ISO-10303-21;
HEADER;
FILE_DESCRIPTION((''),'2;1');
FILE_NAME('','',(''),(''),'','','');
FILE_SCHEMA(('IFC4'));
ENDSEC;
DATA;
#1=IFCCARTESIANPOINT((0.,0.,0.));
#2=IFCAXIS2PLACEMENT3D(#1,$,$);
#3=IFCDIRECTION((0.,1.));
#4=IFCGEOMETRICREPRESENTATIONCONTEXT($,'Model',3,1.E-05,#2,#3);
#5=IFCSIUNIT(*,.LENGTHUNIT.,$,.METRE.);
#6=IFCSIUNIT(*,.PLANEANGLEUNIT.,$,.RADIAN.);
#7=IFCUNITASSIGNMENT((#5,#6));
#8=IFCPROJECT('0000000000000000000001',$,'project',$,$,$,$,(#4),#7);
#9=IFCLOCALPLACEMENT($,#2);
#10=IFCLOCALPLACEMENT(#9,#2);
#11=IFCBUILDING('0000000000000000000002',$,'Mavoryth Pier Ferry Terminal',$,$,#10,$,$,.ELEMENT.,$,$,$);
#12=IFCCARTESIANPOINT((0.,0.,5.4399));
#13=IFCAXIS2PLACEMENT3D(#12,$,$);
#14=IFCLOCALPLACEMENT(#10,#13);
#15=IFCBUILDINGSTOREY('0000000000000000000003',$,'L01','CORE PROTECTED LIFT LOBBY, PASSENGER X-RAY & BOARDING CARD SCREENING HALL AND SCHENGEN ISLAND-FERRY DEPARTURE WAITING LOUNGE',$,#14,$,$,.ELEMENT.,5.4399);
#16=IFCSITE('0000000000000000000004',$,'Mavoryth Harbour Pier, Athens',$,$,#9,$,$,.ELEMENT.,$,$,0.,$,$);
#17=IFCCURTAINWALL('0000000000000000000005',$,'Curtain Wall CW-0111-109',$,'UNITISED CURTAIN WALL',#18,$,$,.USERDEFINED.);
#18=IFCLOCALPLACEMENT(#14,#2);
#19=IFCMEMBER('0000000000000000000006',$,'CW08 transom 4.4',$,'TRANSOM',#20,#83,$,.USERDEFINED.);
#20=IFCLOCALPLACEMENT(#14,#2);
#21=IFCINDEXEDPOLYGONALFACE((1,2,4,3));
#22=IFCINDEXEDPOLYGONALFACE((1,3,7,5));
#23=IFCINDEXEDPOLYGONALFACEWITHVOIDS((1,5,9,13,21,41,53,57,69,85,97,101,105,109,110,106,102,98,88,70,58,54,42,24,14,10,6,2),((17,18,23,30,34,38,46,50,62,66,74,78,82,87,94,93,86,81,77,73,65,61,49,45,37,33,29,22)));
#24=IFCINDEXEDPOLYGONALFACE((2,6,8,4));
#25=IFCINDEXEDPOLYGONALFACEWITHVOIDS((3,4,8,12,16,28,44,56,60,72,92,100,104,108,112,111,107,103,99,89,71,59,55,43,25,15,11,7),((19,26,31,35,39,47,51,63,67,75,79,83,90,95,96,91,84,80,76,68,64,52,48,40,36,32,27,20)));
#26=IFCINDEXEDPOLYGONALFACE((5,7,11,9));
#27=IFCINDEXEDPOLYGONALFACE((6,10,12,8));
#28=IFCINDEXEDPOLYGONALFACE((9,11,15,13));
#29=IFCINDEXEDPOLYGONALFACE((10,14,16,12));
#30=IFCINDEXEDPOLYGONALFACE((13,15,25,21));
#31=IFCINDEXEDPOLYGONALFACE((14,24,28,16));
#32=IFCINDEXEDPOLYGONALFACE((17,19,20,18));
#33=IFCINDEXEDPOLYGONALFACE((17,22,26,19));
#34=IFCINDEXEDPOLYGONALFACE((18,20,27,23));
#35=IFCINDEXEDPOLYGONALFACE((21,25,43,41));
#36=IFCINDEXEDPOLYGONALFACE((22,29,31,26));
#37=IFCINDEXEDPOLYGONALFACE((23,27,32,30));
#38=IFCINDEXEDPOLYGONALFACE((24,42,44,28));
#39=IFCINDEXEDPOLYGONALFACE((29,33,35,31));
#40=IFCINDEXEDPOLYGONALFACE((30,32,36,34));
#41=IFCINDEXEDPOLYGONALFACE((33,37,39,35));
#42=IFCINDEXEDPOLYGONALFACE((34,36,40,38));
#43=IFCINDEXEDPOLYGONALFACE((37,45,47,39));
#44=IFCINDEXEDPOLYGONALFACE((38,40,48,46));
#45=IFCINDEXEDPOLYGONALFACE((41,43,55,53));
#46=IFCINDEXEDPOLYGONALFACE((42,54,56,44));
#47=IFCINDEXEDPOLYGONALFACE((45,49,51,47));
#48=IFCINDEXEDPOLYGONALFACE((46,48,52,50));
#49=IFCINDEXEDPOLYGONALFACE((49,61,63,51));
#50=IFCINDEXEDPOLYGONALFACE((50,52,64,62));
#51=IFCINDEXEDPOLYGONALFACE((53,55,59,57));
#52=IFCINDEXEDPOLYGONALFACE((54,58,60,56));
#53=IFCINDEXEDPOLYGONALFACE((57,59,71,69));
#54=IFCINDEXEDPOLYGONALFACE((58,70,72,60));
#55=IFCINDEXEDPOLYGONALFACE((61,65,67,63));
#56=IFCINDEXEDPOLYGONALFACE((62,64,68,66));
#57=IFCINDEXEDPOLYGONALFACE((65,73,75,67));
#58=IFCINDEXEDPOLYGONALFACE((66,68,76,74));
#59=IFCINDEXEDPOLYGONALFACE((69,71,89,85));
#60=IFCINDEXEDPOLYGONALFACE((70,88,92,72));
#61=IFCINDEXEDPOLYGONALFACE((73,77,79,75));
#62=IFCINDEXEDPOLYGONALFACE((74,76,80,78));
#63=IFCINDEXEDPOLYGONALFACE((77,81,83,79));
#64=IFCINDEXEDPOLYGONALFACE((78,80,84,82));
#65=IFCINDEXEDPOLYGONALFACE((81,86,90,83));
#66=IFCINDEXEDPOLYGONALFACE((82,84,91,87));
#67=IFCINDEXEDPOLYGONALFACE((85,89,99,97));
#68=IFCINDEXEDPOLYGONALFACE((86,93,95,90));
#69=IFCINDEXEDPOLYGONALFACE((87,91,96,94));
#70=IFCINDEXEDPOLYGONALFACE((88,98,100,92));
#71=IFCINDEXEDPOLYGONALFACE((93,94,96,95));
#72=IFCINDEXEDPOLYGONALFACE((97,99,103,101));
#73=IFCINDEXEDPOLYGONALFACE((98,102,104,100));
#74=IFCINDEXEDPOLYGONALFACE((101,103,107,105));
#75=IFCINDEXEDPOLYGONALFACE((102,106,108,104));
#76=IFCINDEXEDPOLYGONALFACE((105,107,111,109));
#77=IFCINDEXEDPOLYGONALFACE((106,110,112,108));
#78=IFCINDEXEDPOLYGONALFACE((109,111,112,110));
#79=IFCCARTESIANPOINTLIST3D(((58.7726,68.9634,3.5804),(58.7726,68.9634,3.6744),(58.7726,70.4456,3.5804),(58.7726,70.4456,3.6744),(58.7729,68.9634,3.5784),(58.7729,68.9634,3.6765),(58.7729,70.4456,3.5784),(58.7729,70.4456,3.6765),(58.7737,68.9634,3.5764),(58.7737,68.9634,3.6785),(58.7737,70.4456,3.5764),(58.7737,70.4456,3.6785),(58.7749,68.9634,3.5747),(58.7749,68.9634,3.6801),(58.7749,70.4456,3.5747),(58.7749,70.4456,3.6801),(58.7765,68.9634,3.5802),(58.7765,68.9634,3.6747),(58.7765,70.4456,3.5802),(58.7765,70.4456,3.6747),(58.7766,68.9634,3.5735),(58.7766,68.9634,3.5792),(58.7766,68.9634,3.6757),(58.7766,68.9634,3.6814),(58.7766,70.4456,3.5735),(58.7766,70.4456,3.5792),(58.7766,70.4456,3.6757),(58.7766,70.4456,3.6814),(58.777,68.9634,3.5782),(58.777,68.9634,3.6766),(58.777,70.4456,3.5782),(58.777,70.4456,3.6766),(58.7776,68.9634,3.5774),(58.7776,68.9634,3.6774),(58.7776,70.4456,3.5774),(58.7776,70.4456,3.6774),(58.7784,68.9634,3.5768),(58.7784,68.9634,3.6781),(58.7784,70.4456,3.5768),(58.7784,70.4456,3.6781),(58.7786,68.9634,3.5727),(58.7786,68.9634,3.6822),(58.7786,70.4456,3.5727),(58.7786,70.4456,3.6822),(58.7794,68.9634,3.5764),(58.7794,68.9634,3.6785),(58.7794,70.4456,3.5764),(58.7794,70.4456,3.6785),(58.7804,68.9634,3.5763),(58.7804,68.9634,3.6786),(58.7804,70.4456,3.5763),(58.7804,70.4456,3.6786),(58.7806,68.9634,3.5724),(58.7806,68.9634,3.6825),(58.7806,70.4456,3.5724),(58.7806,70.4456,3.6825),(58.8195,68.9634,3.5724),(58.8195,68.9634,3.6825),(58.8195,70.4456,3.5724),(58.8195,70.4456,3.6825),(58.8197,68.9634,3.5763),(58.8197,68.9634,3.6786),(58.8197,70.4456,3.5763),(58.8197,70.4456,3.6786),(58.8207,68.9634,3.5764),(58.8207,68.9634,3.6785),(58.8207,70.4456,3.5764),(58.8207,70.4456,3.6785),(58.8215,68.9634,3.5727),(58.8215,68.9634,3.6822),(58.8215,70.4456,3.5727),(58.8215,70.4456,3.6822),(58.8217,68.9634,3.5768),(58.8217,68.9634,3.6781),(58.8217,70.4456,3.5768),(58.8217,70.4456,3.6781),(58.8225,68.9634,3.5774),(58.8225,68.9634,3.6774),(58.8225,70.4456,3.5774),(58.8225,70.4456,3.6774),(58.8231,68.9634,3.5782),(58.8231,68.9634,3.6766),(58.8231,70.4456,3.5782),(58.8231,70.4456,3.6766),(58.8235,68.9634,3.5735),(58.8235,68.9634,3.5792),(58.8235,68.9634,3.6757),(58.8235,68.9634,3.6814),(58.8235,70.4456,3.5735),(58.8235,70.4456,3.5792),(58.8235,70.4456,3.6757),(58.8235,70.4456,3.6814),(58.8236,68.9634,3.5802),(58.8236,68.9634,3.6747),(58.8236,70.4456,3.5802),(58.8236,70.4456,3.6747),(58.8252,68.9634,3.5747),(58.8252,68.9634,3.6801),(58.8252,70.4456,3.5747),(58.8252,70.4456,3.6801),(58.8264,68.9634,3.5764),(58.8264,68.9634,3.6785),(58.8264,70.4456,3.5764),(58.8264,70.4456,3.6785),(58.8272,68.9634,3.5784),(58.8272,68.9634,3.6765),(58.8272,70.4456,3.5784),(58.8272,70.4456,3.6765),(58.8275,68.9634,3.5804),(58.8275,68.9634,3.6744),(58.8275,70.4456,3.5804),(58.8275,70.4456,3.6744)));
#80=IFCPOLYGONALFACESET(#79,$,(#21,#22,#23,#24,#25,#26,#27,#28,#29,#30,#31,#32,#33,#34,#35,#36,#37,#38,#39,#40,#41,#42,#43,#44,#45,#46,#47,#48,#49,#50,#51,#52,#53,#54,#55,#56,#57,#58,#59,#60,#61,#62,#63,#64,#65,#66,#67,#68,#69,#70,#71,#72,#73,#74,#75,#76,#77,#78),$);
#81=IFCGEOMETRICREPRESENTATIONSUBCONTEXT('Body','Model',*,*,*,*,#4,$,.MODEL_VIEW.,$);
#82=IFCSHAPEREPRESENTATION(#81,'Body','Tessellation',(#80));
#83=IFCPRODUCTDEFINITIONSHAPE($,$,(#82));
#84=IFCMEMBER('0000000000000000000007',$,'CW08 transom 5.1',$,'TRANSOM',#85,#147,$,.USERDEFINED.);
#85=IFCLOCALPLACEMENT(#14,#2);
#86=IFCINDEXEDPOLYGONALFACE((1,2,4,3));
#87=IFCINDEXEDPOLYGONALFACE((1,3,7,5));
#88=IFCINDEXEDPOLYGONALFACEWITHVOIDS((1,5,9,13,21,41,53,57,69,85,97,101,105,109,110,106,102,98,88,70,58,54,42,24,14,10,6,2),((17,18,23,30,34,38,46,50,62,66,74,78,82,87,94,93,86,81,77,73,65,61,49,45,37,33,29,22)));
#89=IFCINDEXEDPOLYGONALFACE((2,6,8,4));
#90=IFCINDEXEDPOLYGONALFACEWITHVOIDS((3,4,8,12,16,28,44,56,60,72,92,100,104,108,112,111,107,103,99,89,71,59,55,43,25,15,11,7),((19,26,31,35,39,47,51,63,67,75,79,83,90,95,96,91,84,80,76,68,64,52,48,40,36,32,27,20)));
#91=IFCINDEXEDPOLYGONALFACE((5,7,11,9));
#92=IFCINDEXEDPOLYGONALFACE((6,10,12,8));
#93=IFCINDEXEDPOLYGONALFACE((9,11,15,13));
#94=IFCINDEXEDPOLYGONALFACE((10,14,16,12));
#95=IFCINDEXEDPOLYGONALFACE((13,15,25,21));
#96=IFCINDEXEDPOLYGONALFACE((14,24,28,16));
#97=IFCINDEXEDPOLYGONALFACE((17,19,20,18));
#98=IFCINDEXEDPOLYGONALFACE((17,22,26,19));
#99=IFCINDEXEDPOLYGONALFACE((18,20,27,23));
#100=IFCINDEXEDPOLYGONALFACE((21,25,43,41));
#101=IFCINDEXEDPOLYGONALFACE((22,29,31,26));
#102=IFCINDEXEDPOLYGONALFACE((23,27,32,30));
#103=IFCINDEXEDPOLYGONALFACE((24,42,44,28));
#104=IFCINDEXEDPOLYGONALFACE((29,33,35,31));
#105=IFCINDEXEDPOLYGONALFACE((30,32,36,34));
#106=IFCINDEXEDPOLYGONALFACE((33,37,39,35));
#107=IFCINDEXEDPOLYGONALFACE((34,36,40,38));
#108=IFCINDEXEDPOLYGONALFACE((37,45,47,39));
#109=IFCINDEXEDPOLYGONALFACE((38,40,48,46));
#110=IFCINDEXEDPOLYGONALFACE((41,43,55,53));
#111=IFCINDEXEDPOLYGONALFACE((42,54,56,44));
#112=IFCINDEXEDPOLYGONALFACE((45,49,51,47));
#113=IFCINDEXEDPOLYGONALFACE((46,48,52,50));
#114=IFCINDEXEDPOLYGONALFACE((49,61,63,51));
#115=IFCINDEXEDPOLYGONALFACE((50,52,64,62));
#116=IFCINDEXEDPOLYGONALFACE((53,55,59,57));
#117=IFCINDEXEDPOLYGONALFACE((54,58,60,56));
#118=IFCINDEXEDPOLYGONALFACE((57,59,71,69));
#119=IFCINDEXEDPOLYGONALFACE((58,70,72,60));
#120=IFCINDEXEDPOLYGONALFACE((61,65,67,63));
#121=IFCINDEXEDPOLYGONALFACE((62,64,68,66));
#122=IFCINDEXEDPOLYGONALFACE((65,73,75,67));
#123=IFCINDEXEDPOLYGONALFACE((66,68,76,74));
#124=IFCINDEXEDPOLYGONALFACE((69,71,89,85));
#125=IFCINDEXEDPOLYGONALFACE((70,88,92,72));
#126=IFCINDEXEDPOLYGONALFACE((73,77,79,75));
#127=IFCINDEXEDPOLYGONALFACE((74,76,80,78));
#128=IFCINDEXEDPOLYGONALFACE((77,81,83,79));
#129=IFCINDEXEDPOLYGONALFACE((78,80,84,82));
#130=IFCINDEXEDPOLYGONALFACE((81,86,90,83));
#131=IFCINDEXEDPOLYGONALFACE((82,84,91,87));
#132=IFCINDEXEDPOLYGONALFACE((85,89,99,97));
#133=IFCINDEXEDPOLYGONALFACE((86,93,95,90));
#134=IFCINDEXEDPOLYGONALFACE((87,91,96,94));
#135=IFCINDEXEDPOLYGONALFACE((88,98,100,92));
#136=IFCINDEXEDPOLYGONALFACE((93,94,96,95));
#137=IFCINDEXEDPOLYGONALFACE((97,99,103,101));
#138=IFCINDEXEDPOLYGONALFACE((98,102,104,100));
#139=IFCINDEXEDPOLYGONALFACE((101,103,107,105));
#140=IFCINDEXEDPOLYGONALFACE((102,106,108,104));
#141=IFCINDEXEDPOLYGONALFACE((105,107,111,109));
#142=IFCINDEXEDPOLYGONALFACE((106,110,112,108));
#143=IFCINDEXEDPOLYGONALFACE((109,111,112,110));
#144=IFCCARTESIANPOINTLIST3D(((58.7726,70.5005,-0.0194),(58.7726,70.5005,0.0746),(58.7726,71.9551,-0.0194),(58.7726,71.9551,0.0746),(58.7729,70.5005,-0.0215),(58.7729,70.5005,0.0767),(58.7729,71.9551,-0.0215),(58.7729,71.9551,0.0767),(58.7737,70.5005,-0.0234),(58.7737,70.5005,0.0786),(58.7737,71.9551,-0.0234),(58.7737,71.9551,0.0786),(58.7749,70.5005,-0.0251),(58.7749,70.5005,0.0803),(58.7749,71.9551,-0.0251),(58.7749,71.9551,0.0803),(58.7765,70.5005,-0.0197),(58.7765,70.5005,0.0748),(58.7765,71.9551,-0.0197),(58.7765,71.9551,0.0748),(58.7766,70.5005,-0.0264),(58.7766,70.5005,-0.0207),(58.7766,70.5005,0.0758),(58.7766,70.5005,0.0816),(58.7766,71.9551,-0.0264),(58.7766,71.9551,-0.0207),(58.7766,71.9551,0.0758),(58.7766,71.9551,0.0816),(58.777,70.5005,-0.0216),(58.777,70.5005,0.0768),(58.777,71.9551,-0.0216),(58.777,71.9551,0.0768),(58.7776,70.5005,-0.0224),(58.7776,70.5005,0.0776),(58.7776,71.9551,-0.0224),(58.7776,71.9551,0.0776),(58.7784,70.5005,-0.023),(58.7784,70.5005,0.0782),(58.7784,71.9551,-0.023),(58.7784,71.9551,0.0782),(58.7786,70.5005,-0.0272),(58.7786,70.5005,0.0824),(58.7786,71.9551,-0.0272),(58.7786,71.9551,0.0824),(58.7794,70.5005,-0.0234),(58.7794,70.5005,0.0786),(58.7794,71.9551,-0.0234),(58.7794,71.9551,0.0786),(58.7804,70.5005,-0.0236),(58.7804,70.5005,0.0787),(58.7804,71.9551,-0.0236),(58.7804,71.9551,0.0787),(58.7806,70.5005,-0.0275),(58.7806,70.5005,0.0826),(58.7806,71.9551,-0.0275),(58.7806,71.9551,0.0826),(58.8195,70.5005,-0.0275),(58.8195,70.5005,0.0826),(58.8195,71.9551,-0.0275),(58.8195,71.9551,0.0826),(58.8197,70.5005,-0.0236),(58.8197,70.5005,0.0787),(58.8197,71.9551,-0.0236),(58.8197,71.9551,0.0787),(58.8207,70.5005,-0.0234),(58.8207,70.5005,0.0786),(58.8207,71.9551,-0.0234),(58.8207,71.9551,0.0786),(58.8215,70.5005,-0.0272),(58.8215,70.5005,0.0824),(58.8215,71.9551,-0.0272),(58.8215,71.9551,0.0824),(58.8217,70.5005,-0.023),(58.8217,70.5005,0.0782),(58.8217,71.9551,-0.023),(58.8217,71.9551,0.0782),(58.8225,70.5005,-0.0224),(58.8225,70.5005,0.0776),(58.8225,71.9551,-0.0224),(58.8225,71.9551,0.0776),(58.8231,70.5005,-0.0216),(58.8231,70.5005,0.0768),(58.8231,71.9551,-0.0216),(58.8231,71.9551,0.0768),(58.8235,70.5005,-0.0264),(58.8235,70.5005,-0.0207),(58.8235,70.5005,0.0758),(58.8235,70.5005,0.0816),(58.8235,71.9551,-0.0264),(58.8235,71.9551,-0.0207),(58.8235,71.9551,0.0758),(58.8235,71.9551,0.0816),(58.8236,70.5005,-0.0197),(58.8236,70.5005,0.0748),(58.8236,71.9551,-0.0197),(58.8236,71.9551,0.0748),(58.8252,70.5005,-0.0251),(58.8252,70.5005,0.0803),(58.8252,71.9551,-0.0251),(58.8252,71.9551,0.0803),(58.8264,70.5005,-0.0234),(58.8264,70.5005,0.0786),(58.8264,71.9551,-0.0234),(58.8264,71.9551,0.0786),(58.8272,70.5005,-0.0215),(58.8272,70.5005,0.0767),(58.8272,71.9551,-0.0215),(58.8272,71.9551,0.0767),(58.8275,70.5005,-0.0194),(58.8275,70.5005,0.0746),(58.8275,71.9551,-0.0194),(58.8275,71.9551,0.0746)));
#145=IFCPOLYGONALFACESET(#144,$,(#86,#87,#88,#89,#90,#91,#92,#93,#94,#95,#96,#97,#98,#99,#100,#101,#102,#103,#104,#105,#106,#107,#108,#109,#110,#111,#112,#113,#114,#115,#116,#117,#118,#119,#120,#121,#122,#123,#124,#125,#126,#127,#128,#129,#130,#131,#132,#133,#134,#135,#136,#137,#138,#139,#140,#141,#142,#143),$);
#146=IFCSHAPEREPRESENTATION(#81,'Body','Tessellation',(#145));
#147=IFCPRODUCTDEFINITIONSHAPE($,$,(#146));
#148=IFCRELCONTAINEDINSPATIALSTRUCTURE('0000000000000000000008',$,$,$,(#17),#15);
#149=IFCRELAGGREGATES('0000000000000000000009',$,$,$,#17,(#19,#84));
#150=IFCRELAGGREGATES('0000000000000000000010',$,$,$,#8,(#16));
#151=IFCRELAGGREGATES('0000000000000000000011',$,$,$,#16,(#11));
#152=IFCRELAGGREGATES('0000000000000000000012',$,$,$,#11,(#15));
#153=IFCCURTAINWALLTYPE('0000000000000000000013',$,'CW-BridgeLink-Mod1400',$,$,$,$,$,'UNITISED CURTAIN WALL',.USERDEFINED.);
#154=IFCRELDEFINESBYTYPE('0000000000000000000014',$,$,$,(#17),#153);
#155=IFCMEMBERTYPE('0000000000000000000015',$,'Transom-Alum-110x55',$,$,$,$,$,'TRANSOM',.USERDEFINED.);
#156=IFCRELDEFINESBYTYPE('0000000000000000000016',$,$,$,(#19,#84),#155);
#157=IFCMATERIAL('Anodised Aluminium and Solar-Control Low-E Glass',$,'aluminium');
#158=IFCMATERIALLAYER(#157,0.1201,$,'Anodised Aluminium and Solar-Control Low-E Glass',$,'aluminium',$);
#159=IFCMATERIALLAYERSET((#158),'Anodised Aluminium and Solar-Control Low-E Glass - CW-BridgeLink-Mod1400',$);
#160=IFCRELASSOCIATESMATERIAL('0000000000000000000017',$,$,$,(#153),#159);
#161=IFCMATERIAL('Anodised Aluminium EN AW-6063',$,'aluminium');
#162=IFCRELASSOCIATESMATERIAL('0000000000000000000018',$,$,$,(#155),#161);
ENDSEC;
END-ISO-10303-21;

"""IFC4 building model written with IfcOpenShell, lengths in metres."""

from ifc_helpers import new_model, si_unit, direction, frame, origin, origin_2d, place, context, subcontext, project, spatial, hollow_rectangle, extrude, material, layer, layer_set, material_profile, profile_set, type_object, element, aggregate, save


model = new_model("IFC4")

# Units and contexts
model_context = context("Model", 3, precision=1e-05, world=origin(), true_north=direction((0.0, 1.0)))
body_context = subcontext(model_context, "Body", "Model", "MODEL_VIEW")
ifc_project = project(units=[si_unit("LENGTHUNIT", "METRE"), si_unit("PLANEANGLEUNIT", "RADIAN")], contexts=[model_context])

# Site, building, storey
site_placement = place(None, origin())
site = spatial("IfcSite", under=ifc_project, at=site_placement, Name="Mavoryth Harbour Pier, Athens", CompositionType="ELEMENT", RefElevation=0.0)
building_placement = place(site_placement, origin())
building = spatial("IfcBuilding", under=site, at=building_placement, Name="Mavoryth Pier Ferry Terminal", CompositionType="ELEMENT")
storey_placement = place(building_placement, frame((0.0, 0.0, 5.4399)))
storey = spatial("IfcBuildingStorey", under=building, at=storey_placement, Name="L01", Description="CORE PROTECTED LIFT LOBBY, PASSENGER X-RAY & BOARDING CARD SCREENING HALL AND SCHENGEN ISLAND-FERRY DEPARTURE WAITING LOUNGE", CompositionType="ELEMENT", Elevation=5.4399)

# Curtain wall
ifc_material_1 = material(Name="Anodised Aluminium and Solar-Control Low-E Glass", Category="aluminium")
ifc_layer_1 = layer(ifc_material_1, 0.1201, Name="Anodised Aluminium and Solar-Control Low-E Glass", Category="aluminium")
ifc_layer_set_1 = layer_set([ifc_layer_1], Name="Anodised Aluminium and Solar-Control Low-E Glass - CW-BridgeLink-Mod1400")
curtain_wall_type_1 = type_object("IfcCurtainWallType", Name="CW-BridgeLink-Mod1400", ElementType="UNITISED CURTAIN WALL", PredefinedType="USERDEFINED", material=ifc_layer_set_1)
curtain_wall_1_placement = place(storey_placement, origin())
curtain_wall_1 = element("IfcCurtainWall", 1, at=curtain_wall_1_placement, inside=storey, type_object=curtain_wall_type_1, Name="Curtain Wall CW-0111-109", ObjectType="UNITISED CURTAIN WALL", PredefinedType="USERDEFINED")
ifc_material_2 = material(Name="Anodised Aluminium EN AW-6063", Category="aluminium")

# Members
ifc_material_profile_1 = material_profile(ifc_material_2, hollow_rectangle(XDim=0.0549, YDim=0.1101, WallThickness=0.0039, InnerFilletRadius=0.0039, OuterFilletRadius=0.0081, at=origin_2d()), Name="AL-TRAN 110x55x4", Category="aluminium")
ifc_profile_set_1 = profile_set([ifc_material_profile_1], Name="Anodised Aluminium EN AW-6063 - AL-TRAN 110x55x4")
member_type_1 = type_object("IfcMemberType", Name="Transom-Alum-110x55", ElementType="TRANSOM", PredefinedType="USERDEFINED", material=ifc_profile_set_1)
member_1_placement = place(storey_placement, frame((58.8, 68.9634, 3.6274), z_axis=(0.0, 1.0, 0.0), x_axis=(-1.0, 0.0, 0.0)))
member_1 = element("IfcMember", 2, at=member_1_placement, type_object=member_type_1, Name="CW08 transom 4.4", ObjectType="TRANSOM", PredefinedType="USERDEFINED", context=body_context, shape_type="SweptSolid", body=[
    extrude(hollow_rectangle(XDim=0.0549, YDim=0.1101, WallThickness=0.0039, InnerFilletRadius=0.0039, OuterFilletRadius=0.0081, at=origin_2d()), origin(), (0.0, 0.0, 1.0), 1.4822),
])
member_2_placement = place(storey_placement, frame((58.8, 70.5005, 0.0276), z_axis=(0.0, 1.0, 0.0), x_axis=(-1.0, 0.0, 0.0)))
member_2 = element("IfcMember", 3, at=member_2_placement, type_object=member_type_1, Name="CW08 transom 5.1", ObjectType="TRANSOM", PredefinedType="USERDEFINED", context=body_context, shape_type="SweptSolid", body=[
    extrude(hollow_rectangle(XDim=0.0549, YDim=0.1101, WallThickness=0.0039, InnerFilletRadius=0.0039, OuterFilletRadius=0.0081, at=origin_2d()), origin(), (0.0, 0.0, 1.0), 1.4546),
])

aggregate(curtain_wall_1, [member_1, member_2])

save(model, "model.ifc")
